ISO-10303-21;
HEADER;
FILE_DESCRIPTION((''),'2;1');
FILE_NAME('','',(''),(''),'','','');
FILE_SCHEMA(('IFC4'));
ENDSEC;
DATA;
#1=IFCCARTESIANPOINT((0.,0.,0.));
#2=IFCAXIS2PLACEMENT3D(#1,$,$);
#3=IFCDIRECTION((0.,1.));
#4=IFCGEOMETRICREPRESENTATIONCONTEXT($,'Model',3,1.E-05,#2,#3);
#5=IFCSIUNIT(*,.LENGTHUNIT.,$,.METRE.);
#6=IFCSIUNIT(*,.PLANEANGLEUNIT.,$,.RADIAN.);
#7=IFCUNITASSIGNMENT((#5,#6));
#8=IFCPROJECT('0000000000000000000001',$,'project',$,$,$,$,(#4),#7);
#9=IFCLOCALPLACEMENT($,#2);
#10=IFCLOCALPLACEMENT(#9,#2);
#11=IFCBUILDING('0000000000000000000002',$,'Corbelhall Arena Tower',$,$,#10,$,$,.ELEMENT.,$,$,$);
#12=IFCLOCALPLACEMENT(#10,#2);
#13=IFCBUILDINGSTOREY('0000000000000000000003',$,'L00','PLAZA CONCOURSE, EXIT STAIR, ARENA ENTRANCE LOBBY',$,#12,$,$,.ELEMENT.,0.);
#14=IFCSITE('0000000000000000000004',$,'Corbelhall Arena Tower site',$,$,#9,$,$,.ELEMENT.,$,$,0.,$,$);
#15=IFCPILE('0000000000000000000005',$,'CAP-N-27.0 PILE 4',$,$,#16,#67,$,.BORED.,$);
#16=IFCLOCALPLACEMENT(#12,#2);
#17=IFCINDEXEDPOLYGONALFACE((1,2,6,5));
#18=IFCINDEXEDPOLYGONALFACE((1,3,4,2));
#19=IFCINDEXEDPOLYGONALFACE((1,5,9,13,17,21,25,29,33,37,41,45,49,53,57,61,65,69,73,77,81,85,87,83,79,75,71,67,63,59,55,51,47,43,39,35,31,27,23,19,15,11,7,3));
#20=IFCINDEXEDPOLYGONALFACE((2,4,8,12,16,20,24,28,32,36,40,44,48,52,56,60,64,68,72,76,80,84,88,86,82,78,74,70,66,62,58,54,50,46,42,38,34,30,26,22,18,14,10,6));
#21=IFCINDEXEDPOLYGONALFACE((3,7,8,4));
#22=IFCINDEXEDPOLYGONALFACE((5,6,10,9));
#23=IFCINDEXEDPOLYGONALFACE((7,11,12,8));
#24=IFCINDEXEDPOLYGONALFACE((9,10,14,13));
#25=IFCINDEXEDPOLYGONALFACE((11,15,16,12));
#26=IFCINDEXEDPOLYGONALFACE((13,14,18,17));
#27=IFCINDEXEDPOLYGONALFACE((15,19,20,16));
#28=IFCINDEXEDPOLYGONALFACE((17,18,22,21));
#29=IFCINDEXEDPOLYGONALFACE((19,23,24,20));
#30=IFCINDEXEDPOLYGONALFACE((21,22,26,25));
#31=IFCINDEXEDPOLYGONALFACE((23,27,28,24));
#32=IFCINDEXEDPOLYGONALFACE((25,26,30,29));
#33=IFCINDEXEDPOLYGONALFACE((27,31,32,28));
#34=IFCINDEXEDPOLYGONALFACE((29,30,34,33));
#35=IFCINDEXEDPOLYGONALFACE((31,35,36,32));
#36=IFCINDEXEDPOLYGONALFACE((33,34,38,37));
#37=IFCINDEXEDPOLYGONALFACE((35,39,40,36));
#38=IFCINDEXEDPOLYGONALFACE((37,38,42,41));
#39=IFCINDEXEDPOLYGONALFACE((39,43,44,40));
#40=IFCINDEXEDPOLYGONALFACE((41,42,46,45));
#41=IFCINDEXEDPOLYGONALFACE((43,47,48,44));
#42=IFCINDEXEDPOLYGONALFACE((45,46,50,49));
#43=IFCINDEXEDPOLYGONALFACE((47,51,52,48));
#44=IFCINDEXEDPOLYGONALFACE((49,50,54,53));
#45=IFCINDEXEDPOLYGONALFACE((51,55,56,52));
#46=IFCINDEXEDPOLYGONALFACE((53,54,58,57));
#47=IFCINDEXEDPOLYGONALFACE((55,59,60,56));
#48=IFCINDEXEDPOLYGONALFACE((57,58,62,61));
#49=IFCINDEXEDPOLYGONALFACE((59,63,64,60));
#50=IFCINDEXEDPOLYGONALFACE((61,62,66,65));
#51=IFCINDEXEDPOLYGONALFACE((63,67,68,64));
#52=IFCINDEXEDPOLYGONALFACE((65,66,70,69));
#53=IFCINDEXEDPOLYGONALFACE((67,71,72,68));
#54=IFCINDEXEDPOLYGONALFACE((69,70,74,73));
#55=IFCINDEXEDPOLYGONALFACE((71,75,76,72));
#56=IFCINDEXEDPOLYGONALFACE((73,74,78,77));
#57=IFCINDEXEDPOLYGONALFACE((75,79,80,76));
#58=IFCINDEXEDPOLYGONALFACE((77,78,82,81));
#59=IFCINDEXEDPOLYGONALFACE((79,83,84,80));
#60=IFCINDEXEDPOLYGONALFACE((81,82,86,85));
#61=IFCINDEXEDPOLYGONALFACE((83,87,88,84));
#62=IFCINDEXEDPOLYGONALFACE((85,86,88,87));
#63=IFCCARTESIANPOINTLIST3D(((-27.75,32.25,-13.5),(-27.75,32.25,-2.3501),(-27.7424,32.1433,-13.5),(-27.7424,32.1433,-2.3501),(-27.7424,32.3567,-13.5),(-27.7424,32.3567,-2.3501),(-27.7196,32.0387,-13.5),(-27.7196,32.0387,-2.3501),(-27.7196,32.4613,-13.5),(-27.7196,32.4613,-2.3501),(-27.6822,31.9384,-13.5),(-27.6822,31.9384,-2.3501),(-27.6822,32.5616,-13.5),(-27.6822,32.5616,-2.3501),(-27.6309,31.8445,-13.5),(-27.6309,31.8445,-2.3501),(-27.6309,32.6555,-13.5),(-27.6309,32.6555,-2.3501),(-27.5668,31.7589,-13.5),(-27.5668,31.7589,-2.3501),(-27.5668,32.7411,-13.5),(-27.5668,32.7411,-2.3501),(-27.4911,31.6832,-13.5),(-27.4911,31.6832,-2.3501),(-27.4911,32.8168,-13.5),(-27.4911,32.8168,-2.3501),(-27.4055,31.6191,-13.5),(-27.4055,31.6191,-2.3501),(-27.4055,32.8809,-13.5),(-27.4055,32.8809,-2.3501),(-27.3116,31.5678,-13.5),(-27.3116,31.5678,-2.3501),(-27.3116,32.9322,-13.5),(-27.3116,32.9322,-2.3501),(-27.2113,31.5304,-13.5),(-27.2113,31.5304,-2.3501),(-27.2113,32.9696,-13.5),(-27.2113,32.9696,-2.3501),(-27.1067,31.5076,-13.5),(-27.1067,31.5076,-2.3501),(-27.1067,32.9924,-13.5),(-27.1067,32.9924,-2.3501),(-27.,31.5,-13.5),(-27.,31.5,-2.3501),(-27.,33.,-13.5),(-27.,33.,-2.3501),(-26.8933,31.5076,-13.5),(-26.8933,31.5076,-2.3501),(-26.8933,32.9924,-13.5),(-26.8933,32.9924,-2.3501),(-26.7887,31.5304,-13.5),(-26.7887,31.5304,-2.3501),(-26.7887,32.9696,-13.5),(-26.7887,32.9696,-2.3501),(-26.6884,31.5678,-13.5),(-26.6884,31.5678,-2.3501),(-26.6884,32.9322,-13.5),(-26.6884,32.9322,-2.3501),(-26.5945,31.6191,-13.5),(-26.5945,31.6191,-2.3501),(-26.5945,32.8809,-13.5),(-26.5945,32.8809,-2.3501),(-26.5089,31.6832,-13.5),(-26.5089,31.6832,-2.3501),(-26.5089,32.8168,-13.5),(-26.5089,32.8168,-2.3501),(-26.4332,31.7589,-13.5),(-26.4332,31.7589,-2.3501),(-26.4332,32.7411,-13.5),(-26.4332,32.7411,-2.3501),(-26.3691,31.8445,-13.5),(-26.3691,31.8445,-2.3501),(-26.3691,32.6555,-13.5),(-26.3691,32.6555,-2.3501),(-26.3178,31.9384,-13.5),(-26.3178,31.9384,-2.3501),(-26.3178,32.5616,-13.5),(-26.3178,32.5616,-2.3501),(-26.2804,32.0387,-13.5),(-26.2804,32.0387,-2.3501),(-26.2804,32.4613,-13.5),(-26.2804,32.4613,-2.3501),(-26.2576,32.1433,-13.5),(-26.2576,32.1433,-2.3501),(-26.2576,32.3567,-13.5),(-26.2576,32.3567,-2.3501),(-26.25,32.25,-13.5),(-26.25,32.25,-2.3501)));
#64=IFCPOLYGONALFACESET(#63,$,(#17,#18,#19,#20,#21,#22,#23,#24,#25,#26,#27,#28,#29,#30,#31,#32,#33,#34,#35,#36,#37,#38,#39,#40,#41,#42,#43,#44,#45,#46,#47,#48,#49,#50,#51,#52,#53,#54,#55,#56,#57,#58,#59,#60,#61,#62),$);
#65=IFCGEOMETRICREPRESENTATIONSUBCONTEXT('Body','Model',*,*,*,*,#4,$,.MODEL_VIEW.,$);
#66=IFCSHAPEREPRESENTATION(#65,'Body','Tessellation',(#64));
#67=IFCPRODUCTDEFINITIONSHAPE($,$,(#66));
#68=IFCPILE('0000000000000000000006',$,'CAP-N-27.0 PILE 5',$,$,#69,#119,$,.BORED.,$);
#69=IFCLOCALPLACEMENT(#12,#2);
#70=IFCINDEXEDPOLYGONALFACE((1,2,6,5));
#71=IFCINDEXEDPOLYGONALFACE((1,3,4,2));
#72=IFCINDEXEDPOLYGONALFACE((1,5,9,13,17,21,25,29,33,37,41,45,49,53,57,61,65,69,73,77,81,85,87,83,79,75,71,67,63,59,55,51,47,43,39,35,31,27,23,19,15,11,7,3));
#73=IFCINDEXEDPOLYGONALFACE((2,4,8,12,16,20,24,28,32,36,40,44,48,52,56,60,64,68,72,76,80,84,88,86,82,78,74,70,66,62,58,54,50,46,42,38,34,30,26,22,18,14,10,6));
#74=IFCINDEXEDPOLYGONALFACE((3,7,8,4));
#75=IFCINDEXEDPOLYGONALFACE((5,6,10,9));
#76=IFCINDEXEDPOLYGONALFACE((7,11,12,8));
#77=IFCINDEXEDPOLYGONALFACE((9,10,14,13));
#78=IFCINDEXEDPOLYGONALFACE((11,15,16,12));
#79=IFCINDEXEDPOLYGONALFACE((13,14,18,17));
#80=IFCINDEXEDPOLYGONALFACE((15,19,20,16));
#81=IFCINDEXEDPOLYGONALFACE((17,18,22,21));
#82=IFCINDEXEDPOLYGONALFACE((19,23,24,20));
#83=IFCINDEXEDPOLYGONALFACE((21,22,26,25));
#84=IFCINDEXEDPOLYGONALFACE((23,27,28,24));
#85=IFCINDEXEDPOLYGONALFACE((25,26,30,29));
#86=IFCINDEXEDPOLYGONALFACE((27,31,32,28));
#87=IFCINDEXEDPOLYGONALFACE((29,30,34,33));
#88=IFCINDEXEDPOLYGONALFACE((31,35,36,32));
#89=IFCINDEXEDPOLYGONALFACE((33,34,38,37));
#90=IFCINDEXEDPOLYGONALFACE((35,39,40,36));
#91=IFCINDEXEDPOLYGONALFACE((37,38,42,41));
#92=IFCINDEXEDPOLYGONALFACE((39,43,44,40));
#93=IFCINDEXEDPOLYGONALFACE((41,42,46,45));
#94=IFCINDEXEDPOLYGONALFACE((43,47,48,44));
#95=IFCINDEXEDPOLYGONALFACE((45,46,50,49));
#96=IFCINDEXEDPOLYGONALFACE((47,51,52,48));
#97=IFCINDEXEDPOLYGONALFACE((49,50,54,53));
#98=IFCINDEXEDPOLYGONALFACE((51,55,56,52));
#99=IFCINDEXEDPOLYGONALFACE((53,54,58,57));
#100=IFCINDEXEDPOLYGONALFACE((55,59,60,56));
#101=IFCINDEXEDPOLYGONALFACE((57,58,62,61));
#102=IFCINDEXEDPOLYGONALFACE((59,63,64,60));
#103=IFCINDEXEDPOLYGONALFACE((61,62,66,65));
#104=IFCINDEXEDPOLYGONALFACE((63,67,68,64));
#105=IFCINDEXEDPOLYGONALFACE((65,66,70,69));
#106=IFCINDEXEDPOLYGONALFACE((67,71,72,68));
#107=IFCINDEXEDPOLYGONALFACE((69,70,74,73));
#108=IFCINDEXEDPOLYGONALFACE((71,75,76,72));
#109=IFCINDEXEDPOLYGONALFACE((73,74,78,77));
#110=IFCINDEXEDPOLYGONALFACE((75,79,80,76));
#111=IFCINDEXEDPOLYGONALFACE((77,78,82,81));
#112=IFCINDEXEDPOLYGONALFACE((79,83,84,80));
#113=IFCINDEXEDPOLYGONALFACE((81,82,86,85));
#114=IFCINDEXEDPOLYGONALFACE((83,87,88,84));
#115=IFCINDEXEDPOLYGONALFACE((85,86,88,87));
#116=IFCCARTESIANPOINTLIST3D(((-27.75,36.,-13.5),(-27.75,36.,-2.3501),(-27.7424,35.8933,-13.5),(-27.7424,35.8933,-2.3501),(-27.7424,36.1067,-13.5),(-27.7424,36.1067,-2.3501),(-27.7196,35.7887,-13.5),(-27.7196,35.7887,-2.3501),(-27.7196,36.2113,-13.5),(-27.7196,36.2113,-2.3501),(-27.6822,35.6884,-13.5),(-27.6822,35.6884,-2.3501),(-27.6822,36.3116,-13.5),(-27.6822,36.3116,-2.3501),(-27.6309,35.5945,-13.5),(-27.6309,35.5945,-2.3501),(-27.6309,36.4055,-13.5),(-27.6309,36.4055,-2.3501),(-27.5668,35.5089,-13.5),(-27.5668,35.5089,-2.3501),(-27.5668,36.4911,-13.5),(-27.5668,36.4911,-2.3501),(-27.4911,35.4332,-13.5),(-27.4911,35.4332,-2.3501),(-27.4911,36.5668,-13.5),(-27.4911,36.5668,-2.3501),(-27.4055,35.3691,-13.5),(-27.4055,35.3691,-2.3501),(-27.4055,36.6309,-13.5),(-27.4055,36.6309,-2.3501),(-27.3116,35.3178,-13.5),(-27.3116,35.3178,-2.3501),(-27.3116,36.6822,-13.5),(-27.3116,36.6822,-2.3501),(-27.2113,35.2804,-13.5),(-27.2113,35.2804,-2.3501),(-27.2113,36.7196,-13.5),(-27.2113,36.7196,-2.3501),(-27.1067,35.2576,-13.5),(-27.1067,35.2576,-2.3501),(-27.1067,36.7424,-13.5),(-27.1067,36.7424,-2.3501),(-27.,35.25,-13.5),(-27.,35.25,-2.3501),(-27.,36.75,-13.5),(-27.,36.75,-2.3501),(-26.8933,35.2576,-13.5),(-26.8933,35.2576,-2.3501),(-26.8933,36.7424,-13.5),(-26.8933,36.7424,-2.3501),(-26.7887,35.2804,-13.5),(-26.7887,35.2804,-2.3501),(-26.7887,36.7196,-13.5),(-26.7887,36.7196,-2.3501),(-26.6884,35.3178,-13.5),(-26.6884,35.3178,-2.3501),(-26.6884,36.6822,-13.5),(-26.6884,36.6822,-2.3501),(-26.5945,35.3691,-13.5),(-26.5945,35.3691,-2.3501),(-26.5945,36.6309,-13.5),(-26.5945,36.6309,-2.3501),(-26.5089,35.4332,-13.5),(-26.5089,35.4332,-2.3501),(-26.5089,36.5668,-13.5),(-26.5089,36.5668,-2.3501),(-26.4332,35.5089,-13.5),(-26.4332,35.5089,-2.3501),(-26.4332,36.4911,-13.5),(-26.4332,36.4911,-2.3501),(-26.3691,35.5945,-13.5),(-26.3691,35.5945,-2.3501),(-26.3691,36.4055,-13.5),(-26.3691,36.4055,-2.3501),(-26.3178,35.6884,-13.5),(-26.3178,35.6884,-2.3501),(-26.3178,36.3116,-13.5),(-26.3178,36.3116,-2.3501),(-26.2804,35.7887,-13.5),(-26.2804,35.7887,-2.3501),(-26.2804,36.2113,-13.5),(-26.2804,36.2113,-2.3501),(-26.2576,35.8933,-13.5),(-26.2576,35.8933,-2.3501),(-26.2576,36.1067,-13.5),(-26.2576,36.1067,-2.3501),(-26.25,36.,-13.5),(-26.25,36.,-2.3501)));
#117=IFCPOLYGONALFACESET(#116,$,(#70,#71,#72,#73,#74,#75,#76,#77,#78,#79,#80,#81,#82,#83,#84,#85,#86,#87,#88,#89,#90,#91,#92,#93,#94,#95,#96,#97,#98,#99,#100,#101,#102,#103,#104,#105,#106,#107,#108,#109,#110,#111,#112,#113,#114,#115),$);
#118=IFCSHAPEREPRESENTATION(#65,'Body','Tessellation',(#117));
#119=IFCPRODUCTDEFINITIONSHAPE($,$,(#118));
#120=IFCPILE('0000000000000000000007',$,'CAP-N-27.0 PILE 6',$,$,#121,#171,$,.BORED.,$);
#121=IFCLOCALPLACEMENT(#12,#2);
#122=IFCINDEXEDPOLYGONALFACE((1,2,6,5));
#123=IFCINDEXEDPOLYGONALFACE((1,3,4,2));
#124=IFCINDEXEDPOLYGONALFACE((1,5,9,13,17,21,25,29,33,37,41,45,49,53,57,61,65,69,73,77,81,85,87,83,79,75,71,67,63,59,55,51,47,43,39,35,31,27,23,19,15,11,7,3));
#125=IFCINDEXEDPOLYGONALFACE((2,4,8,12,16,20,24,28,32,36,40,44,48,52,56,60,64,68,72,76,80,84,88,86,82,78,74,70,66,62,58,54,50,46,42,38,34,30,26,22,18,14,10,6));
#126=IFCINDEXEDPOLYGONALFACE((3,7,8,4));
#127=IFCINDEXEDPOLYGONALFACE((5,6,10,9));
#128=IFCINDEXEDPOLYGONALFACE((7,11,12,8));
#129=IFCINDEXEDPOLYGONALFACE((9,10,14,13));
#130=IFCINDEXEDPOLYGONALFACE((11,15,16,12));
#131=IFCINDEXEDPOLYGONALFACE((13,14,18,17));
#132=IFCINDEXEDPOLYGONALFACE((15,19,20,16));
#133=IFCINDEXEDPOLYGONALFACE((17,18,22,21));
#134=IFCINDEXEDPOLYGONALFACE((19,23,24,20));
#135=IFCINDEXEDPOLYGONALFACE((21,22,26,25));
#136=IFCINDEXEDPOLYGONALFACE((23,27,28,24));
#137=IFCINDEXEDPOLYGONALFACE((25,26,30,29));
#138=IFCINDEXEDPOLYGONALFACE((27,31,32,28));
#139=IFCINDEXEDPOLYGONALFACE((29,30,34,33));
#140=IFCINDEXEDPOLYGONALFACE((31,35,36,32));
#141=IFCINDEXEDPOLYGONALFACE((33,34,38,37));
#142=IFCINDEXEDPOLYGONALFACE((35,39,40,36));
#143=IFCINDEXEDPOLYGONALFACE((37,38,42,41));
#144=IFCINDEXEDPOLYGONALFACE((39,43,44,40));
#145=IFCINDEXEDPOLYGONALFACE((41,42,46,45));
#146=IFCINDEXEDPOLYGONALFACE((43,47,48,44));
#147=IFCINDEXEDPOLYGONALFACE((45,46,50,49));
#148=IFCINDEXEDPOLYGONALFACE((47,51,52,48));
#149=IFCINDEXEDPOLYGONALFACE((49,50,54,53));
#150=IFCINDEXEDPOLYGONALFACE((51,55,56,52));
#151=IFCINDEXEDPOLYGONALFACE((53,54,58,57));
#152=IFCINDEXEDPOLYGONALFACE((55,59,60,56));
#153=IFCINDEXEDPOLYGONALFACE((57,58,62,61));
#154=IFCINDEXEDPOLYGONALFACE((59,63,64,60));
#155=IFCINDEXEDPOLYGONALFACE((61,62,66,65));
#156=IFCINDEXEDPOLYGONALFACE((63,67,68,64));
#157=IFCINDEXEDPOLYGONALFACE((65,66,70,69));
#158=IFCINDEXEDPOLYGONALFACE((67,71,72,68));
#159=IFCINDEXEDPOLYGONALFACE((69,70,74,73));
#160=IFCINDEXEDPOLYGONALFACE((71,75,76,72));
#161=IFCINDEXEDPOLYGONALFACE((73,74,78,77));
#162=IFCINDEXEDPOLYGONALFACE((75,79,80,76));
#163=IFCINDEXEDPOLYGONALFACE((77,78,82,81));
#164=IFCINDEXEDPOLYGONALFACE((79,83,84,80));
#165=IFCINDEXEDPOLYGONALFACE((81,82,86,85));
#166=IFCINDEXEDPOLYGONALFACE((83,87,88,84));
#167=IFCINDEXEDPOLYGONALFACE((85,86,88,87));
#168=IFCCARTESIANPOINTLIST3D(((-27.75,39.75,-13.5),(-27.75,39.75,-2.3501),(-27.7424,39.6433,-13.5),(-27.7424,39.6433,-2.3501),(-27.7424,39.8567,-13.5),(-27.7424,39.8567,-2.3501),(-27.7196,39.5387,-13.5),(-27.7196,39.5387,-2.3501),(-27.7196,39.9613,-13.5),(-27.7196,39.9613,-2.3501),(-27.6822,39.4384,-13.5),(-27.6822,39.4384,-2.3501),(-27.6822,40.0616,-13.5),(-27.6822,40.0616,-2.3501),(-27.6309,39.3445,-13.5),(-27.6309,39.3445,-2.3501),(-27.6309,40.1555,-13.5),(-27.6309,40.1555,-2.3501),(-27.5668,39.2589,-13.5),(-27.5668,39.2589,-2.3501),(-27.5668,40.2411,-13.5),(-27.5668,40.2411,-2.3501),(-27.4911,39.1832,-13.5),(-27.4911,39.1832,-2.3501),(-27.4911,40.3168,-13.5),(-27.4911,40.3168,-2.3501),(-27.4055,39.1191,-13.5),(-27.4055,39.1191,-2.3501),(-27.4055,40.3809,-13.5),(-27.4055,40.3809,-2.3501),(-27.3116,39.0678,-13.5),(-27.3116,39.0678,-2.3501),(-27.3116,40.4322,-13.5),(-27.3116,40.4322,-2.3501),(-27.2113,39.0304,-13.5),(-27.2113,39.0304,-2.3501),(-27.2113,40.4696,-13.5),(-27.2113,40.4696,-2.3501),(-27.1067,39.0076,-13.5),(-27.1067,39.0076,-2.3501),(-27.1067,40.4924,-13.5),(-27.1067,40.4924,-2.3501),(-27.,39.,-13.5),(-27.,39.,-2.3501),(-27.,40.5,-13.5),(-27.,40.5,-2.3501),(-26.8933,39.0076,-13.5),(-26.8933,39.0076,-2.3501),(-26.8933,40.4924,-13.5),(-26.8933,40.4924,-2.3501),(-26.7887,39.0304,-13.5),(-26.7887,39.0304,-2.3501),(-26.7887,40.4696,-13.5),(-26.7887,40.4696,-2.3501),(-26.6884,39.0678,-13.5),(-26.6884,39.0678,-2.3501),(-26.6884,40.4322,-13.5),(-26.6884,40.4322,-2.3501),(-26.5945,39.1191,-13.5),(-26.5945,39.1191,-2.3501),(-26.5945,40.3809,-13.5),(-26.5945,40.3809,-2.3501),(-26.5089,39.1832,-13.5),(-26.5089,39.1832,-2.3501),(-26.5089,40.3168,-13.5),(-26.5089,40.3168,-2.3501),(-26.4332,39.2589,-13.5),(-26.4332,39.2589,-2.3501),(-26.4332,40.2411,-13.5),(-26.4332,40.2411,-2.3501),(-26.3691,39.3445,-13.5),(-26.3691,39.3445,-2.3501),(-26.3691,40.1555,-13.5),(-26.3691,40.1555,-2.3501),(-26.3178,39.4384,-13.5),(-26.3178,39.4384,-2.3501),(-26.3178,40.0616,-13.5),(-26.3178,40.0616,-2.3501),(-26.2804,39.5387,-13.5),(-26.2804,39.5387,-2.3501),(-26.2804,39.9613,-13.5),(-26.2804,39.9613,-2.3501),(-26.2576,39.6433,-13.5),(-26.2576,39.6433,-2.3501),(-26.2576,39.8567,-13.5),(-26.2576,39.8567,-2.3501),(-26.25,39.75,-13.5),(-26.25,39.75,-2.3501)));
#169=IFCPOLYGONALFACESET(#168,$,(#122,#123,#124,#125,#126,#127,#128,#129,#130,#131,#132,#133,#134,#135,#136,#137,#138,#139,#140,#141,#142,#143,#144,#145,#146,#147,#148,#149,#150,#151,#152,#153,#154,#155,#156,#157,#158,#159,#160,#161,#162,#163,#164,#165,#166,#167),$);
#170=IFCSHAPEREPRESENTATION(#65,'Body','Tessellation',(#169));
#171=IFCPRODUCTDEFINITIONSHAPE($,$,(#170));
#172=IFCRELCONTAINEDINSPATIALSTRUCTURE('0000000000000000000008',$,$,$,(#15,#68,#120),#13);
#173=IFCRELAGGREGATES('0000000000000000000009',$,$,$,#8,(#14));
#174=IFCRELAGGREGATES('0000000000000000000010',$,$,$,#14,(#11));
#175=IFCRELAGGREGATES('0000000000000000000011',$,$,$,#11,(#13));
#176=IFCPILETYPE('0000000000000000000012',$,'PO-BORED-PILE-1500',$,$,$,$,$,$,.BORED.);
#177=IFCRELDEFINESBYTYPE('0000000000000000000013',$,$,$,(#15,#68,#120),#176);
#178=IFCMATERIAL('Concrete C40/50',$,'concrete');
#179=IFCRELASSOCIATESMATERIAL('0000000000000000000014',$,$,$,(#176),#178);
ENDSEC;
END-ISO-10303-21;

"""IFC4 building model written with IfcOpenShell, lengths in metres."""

from ifc_helpers import new_model, si_unit, direction, frame, origin, origin_2d, place, context, subcontext, project, spatial, circle, extrude, material, material_profile, profile_set, type_object, element, save


model = new_model("IFC4")

# Units and contexts
model_context = context("Model", 3, precision=1e-05, world=origin(), true_north=direction((0.0, 1.0)))
body_context = subcontext(model_context, "Body", "Model", "MODEL_VIEW")
ifc_project = project(units=[si_unit("LENGTHUNIT", "METRE"), si_unit("PLANEANGLEUNIT", "RADIAN")], contexts=[model_context])

# Site, building, storey
site_placement = place(None, origin())
site = spatial("IfcSite", under=ifc_project, at=site_placement, Name="Corbelhall Arena Tower site", CompositionType="ELEMENT", RefElevation=0.0)
building_placement = place(site_placement, origin())
building = spatial("IfcBuilding", under=site, at=building_placement, Name="Corbelhall Arena Tower", CompositionType="ELEMENT")
storey_placement = place(building_placement, origin())
storey = spatial("IfcBuildingStorey", under=building, at=storey_placement, Name="L00", Description="PLAZA CONCOURSE, EXIT STAIR, ARENA ENTRANCE LOBBY", CompositionType="ELEMENT", Elevation=0.0)

# Piles
ifc_material_1 = material(Name="Concrete C40/50", Category="concrete")
ifc_material_profile_1 = material_profile(ifc_material_1, circle(Radius=0.75, at=origin_2d()))
ifc_profile_set_1 = profile_set([ifc_material_profile_1], Name="Concrete C40/50")
pile_type = type_object("IfcPileType", Name="PO-BORED-PILE-1500", PredefinedType="BORED", material=ifc_profile_set_1)
for number, where, z_axis, x_axis, name in (
    (1, (-27.0, 32.25, -2.3501), (0.0, 0.0, -1.0), (1.0, 0.0, 0.0), "CAP-N-27.0 PILE 4"),
    (2, (-27.0, 36.0, -2.3501), (0.0, 0.0, -1.0), (1.0, 0.0, 0.0), "CAP-N-27.0 PILE 5"),
    (3, (-27.0, 39.75, -2.3501), (0.0, 0.0, -1.0), (1.0, 0.0, 0.0), "CAP-N-27.0 PILE 6"),
):
    element("IfcPile", number, at=place(storey_placement, frame(where, z_axis=z_axis, x_axis=x_axis)), inside=storey, type_object=pile_type, Name=name, PredefinedType="BORED", context=body_context, shape_type="SweptSolid", body=[
        extrude(circle(Radius=0.75, at=origin_2d()), origin(), (0.0, 0.0, 1.0), 11.1499),
    ])

save(model, "model.ifc")
